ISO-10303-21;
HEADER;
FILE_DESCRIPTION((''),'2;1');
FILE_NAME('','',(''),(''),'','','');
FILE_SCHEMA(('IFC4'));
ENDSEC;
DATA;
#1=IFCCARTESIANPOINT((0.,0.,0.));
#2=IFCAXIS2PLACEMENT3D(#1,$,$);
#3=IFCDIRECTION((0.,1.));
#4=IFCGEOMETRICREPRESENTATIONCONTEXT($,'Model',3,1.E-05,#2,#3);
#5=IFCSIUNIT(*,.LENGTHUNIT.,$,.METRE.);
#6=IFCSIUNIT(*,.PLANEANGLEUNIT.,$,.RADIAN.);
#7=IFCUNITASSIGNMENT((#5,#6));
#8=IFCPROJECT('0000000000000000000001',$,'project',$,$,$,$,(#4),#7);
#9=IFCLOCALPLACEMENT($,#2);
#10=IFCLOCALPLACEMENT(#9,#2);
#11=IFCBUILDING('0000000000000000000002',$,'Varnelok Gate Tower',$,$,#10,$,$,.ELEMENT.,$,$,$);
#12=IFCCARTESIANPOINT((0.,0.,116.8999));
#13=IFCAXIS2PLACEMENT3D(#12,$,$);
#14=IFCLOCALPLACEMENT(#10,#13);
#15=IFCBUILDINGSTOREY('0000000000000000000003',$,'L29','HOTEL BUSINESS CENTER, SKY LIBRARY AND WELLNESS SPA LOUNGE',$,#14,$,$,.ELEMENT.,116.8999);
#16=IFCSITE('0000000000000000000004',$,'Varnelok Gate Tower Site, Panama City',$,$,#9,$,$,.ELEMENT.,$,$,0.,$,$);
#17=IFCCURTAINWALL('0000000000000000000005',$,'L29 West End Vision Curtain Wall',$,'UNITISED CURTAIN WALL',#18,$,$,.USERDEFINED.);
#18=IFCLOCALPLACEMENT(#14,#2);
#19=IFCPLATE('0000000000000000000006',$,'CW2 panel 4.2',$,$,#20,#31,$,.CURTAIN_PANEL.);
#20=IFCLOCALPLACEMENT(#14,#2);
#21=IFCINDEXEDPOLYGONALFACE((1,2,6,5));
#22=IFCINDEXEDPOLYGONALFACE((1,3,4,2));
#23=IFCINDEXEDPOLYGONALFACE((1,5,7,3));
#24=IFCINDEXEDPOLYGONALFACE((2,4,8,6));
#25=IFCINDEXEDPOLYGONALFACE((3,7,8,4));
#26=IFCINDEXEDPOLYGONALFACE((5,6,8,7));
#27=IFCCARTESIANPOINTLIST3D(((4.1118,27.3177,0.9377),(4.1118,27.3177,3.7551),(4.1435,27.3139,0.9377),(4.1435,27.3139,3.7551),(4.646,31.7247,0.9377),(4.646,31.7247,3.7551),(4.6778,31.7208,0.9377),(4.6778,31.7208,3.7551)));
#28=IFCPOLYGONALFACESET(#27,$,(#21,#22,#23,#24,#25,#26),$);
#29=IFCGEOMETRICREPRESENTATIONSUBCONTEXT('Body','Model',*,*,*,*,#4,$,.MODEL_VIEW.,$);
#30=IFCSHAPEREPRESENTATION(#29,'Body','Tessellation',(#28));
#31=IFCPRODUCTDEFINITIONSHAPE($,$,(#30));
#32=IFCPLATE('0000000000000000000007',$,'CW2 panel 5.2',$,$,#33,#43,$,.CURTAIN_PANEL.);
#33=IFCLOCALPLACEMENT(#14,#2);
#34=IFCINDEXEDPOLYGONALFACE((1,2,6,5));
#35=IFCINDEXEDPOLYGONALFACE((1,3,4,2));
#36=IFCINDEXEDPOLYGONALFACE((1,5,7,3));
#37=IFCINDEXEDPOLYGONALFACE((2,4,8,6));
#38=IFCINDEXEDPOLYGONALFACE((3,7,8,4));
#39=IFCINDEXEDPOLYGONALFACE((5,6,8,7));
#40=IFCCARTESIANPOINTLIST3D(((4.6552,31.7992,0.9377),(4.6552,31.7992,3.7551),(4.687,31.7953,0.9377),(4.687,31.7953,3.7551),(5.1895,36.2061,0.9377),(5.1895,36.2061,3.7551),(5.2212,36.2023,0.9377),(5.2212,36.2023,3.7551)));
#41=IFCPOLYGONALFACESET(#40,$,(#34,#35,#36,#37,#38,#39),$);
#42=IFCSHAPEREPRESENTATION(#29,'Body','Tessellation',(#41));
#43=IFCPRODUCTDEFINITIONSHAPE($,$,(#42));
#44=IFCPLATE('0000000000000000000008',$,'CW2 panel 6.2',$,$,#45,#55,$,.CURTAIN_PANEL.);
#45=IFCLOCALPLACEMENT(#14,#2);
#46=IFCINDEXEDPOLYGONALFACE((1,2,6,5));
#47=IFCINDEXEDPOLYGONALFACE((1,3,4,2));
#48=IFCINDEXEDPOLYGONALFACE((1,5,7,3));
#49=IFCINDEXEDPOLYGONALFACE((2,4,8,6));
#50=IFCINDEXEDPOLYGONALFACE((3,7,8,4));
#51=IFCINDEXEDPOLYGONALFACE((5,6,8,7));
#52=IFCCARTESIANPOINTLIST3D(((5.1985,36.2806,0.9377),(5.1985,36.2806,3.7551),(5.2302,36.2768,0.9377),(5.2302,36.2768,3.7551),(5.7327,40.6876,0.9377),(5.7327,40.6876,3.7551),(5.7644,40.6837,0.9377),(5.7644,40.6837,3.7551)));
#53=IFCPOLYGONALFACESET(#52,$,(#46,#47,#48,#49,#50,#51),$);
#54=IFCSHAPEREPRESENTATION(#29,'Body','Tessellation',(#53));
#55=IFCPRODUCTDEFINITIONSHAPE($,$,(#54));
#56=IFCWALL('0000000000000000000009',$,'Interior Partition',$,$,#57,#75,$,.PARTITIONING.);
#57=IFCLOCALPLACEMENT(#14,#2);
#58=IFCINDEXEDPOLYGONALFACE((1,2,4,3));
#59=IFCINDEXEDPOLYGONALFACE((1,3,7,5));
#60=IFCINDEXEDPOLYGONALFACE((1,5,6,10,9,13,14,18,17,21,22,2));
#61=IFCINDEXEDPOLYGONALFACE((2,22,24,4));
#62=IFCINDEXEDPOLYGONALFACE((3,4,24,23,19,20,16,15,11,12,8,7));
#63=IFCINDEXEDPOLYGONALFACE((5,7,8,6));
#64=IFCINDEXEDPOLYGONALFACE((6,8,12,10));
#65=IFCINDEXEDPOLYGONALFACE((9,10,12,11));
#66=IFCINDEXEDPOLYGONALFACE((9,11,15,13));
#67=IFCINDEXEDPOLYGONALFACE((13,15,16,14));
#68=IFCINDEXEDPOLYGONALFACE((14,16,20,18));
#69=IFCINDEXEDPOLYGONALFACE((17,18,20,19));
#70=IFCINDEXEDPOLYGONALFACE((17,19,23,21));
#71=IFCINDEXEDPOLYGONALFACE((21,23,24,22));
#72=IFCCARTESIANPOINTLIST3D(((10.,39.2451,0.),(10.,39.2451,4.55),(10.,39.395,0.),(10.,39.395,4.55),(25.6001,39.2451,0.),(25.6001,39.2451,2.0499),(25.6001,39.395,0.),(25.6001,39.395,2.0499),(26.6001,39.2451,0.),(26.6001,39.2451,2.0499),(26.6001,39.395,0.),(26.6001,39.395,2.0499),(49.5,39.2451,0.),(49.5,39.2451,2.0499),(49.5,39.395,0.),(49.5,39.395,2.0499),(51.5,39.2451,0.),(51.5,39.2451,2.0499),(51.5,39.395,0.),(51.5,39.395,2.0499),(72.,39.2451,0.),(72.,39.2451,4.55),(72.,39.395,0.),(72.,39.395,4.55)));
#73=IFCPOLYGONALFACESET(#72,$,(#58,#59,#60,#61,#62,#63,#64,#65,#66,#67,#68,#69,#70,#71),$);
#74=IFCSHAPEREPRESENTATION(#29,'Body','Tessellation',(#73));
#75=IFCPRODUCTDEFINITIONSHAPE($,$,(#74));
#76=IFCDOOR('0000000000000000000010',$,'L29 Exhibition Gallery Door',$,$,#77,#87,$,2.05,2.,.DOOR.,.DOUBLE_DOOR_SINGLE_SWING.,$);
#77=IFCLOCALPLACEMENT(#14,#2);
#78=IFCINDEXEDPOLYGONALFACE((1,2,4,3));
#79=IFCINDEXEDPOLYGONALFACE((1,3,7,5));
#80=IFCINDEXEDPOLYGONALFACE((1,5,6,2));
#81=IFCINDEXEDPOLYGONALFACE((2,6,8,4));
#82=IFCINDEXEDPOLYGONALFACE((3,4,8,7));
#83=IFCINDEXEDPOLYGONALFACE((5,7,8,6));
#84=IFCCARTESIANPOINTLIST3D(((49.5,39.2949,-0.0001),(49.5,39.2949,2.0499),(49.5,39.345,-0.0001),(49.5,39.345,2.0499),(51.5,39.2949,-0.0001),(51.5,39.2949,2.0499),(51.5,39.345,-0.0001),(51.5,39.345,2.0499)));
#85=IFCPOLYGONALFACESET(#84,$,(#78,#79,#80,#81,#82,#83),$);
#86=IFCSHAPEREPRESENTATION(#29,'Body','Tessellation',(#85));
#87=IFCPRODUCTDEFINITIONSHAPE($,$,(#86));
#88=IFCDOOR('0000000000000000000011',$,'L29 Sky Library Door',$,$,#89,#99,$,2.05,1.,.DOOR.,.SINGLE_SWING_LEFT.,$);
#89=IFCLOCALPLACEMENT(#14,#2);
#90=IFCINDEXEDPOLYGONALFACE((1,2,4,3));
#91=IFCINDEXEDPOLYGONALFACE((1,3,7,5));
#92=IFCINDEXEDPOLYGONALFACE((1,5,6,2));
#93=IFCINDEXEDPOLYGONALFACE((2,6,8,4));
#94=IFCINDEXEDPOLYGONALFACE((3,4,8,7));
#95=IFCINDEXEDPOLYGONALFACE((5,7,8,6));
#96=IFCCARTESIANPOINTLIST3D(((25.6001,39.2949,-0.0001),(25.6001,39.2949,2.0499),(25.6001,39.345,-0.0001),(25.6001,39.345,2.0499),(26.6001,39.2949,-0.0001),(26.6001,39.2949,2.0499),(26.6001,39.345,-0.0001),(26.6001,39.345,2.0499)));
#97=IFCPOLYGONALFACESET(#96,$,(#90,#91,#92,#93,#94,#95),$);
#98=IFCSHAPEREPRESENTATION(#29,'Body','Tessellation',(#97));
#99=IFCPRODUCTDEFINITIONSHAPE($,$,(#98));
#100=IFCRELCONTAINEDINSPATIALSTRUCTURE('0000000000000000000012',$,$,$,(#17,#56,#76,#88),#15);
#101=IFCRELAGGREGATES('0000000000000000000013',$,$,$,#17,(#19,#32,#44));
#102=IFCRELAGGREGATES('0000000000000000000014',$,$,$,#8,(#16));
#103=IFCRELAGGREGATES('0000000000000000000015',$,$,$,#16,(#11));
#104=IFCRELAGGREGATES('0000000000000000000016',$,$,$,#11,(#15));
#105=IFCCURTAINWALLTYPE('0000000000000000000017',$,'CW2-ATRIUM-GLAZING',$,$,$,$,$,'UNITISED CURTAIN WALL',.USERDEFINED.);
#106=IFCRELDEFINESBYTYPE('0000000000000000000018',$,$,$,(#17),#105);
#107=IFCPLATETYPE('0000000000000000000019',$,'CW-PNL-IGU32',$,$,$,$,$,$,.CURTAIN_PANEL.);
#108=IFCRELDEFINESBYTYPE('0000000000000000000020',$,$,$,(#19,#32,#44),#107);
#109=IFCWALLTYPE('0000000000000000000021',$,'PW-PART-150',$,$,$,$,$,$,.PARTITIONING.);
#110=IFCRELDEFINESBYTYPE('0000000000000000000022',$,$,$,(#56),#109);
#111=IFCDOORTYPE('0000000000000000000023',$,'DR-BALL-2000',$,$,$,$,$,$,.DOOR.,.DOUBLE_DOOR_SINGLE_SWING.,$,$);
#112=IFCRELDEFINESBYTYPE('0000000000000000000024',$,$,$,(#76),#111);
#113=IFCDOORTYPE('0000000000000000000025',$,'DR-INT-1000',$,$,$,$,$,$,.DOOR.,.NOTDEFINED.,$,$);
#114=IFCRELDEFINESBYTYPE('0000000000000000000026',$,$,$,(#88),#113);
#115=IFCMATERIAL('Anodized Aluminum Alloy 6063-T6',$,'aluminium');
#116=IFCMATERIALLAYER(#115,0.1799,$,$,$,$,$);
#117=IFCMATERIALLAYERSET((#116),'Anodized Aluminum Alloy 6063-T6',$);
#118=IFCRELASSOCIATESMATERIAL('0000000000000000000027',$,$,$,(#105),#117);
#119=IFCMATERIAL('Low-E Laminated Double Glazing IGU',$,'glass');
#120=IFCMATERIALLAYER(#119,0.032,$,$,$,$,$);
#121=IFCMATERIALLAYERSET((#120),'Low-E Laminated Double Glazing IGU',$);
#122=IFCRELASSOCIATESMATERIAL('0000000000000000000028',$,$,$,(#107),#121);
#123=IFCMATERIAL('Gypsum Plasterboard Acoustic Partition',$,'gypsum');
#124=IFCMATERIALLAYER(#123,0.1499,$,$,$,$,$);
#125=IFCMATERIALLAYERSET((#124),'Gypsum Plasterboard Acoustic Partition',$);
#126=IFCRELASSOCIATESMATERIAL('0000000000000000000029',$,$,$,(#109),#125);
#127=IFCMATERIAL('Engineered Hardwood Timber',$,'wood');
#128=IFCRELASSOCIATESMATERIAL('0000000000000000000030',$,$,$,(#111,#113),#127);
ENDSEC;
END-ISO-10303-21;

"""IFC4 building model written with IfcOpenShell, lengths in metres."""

from ifc_helpers import new_model, si_unit, direction, frame, frame_2d, origin, origin_2d, place, context, subcontext, project, spatial, rectangle, extrude, source, transform, mapped, material, layer, layer_set, type_object, element, fill, aggregate, save


model = new_model("IFC4")

# Units and contexts
model_context = context("Model", 3, precision=1e-05, world=origin(), true_north=direction((0.0, 1.0)))
body_context = subcontext(model_context, "Body", "Model", "MODEL_VIEW")
ifc_project = project(units=[si_unit("LENGTHUNIT", "METRE"), si_unit("PLANEANGLEUNIT", "RADIAN")], contexts=[model_context])

# Site, building, storey
site_placement = place(None, origin())
site = spatial("IfcSite", under=ifc_project, at=site_placement, Name="Varnelok Gate Tower Site, Panama City", CompositionType="ELEMENT", RefElevation=0.0)
building_placement = place(site_placement, origin())
building = spatial("IfcBuilding", under=site, at=building_placement, Name="Varnelok Gate Tower", CompositionType="ELEMENT")
storey_placement = place(building_placement, frame((0.0, 0.0, 116.8999)))
storey = spatial("IfcBuildingStorey", under=building, at=storey_placement, Name="L29", Description="HOTEL BUSINESS CENTER, SKY LIBRARY AND WELLNESS SPA LOUNGE", CompositionType="ELEMENT", Elevation=116.8999)

# Curtain wall, plates
ifc_material_1 = material(Name="Anodized Aluminum Alloy 6063-T6", Category="aluminium")
ifc_layer_1 = layer(ifc_material_1, 0.1799)
ifc_layer_set_1 = layer_set([ifc_layer_1], Name="Anodized Aluminum Alloy 6063-T6")
curtain_wall_type = type_object("IfcCurtainWallType", Name="CW2-ATRIUM-GLAZING", ElementType="UNITISED CURTAIN WALL", PredefinedType="USERDEFINED", material=ifc_layer_set_1)
curtain_wall_placement = place(storey_placement, origin())
curtain_wall = element("IfcCurtainWall", 1, at=curtain_wall_placement, inside=storey, type_object=curtain_wall_type, Name="L29 West End Vision Curtain Wall", ObjectType="UNITISED CURTAIN WALL", PredefinedType="USERDEFINED")
ifc_material_2 = material(Name="Low-E Laminated Double Glazing IGU", Category="glass")
ifc_layer_2 = layer(ifc_material_2, 0.032)
ifc_layer_set_2 = layer_set([ifc_layer_2], Name="Low-E Laminated Double Glazing IGU")
plate_type = type_object("IfcPlateType", Name="CW-PNL-IGU32", PredefinedType="CURTAIN_PANEL", material=ifc_layer_set_2)
shared_shape_1 = source(origin(), body_context, "Body", "SweptSolid", [
    extrude(rectangle(XDim=4.4392, YDim=0.032, at=origin_2d()), origin(), (0.0, 0.0, 1.0), 2.8174),
])
plate_1_placement = place(storey_placement, frame((4.3948, 29.5193, 0.9377), z_axis=(0.0, 0.0, 1.0), x_axis=(0.120345, 0.992732, 0.0)))
plate_1 = element("IfcPlate", 2, at=plate_1_placement, type_object=plate_type, Name="CW2 panel 4.2", PredefinedType="CURTAIN_PANEL", context=body_context, shape_type="MappedRepresentation", body=[
    mapped(shared_shape_1, transform((0.0, 0.0, 0.0), scale=1.0)),
])
plate_2_placement = place(storey_placement, frame((4.9382, 34.0007, 0.9377), z_axis=(0.0, 0.0, 1.0), x_axis=(0.120345, 0.992732, 0.0)))
plate_2 = element("IfcPlate", 3, at=plate_2_placement, type_object=plate_type, Name="CW2 panel 5.2", PredefinedType="CURTAIN_PANEL", context=body_context, shape_type="MappedRepresentation", body=[
    mapped(shared_shape_1, transform((0.0, 0.0, 0.0), scale=1.0)),
])
plate_3_placement = place(storey_placement, frame((5.4814, 38.4822, 0.9377), z_axis=(0.0, 0.0, 1.0), x_axis=(0.120345, 0.992732, 0.0)))
plate_3 = element("IfcPlate", 4, at=plate_3_placement, type_object=plate_type, Name="CW2 panel 6.2", PredefinedType="CURTAIN_PANEL", context=body_context, shape_type="MappedRepresentation", body=[
    mapped(shared_shape_1, transform((0.0, 0.0, 0.0), scale=1.0)),
])
aggregate(curtain_wall, [plate_1, plate_2, plate_3])

# Wall, openings, doors
ifc_material_3 = material(Name="Gypsum Plasterboard Acoustic Partition", Category="gypsum")
ifc_layer_3 = layer(ifc_material_3, 0.1499)
ifc_layer_set_3 = layer_set([ifc_layer_3], Name="Gypsum Plasterboard Acoustic Partition")
wall_type = type_object("IfcWallType", Name="PW-PART-150", PredefinedType="PARTITIONING", material=ifc_layer_set_3)
wall_placement = place(storey_placement, frame((10.0, 39.3201, 0.0), z_axis=(0.0, 0.0, 1.0), x_axis=(1.0, 0.0, 0.0)))
wall = element("IfcWall", 5, at=wall_placement, inside=storey, type_object=wall_type, Name="Interior Partition", PredefinedType="PARTITIONING", context=body_context, shape_type="SweptSolid", body=[
    extrude(rectangle(XDim=62.0, YDim=0.1499, at=frame_2d((31.0, 0.0))), origin(), (0.0, 0.0, 1.0), 4.55),
])
opening_1_placement = place(wall_placement, frame((15.6001, 0.0, 0.0)))
opening_1 = element("IfcOpeningElement", 6, at=opening_1_placement, cuts=wall, PredefinedType="OPENING", context=body_context, shape_type="SweptSolid", body=[
    extrude(rectangle(XDim=1.0, YDim=2.05, at=frame_2d((0.5, 1.0249))), frame((0.0, 0.085, 0.0), z_axis=(0.0, -1.0, 0.0), x_axis=(1.0, 0.0, 0.0)), (0.0, 0.0, 1.0), 0.1699),
])
opening_2_placement = place(wall_placement, frame((39.5, 0.0, 0.0)))
opening_2 = element("IfcOpeningElement", 7, at=opening_2_placement, cuts=wall, PredefinedType="OPENING", context=body_context, shape_type="SweptSolid", body=[
    extrude(rectangle(XDim=2.0, YDim=2.05, at=frame_2d((1.0, 1.0249))), frame((0.0, 0.085, 0.0), z_axis=(0.0, -1.0, 0.0), x_axis=(1.0, 0.0, 0.0)), (0.0, 0.0, 1.0), 0.1699),
])
ifc_material_4 = material(Name="Engineered Hardwood Timber", Category="wood")
door_type_1 = type_object("IfcDoorType", Name="DR-BALL-2000", OperationType="DOUBLE_DOOR_SINGLE_SWING", PredefinedType="DOOR", material=ifc_material_4)
door_1_placement = place(opening_2_placement, origin())
door_1 = element("IfcDoor", 8, at=door_1_placement, inside=storey, type_object=door_type_1, Name="L29 Exhibition Gallery Door", OperationType="DOUBLE_DOOR_SINGLE_SWING", OverallHeight=2.05, OverallWidth=2.0, PredefinedType="DOOR", context=body_context, shape_type="SweptSolid", body=[
    extrude(rectangle(XDim=2.0, YDim=2.05, at=frame_2d((1.0, 1.0249))), frame((0.0, 0.0249, 0.0), z_axis=(0.0, -1.0, 0.0), x_axis=(1.0, 0.0, 0.0)), (0.0, 0.0, 1.0), 0.05),
])
fill(opening_2, door_1)
door_type_2 = type_object("IfcDoorType", Name="DR-INT-1000", OperationType="NOTDEFINED", PredefinedType="DOOR", material=ifc_material_4)
door_2_placement = place(opening_1_placement, origin())
door_2 = element("IfcDoor", 9, at=door_2_placement, inside=storey, type_object=door_type_2, Name="L29 Sky Library Door", OperationType="SINGLE_SWING_LEFT", OverallHeight=2.05, OverallWidth=1.0, PredefinedType="DOOR", context=body_context, shape_type="SweptSolid", body=[
    extrude(rectangle(XDim=1.0, YDim=2.05, at=frame_2d((0.5, 1.0249))), frame((0.0, 0.0249, 0.0), z_axis=(0.0, -1.0, 0.0), x_axis=(1.0, 0.0, 0.0)), (0.0, 0.0, 1.0), 0.05),
])
fill(opening_1, door_2)

save(model, "model.ifc")
